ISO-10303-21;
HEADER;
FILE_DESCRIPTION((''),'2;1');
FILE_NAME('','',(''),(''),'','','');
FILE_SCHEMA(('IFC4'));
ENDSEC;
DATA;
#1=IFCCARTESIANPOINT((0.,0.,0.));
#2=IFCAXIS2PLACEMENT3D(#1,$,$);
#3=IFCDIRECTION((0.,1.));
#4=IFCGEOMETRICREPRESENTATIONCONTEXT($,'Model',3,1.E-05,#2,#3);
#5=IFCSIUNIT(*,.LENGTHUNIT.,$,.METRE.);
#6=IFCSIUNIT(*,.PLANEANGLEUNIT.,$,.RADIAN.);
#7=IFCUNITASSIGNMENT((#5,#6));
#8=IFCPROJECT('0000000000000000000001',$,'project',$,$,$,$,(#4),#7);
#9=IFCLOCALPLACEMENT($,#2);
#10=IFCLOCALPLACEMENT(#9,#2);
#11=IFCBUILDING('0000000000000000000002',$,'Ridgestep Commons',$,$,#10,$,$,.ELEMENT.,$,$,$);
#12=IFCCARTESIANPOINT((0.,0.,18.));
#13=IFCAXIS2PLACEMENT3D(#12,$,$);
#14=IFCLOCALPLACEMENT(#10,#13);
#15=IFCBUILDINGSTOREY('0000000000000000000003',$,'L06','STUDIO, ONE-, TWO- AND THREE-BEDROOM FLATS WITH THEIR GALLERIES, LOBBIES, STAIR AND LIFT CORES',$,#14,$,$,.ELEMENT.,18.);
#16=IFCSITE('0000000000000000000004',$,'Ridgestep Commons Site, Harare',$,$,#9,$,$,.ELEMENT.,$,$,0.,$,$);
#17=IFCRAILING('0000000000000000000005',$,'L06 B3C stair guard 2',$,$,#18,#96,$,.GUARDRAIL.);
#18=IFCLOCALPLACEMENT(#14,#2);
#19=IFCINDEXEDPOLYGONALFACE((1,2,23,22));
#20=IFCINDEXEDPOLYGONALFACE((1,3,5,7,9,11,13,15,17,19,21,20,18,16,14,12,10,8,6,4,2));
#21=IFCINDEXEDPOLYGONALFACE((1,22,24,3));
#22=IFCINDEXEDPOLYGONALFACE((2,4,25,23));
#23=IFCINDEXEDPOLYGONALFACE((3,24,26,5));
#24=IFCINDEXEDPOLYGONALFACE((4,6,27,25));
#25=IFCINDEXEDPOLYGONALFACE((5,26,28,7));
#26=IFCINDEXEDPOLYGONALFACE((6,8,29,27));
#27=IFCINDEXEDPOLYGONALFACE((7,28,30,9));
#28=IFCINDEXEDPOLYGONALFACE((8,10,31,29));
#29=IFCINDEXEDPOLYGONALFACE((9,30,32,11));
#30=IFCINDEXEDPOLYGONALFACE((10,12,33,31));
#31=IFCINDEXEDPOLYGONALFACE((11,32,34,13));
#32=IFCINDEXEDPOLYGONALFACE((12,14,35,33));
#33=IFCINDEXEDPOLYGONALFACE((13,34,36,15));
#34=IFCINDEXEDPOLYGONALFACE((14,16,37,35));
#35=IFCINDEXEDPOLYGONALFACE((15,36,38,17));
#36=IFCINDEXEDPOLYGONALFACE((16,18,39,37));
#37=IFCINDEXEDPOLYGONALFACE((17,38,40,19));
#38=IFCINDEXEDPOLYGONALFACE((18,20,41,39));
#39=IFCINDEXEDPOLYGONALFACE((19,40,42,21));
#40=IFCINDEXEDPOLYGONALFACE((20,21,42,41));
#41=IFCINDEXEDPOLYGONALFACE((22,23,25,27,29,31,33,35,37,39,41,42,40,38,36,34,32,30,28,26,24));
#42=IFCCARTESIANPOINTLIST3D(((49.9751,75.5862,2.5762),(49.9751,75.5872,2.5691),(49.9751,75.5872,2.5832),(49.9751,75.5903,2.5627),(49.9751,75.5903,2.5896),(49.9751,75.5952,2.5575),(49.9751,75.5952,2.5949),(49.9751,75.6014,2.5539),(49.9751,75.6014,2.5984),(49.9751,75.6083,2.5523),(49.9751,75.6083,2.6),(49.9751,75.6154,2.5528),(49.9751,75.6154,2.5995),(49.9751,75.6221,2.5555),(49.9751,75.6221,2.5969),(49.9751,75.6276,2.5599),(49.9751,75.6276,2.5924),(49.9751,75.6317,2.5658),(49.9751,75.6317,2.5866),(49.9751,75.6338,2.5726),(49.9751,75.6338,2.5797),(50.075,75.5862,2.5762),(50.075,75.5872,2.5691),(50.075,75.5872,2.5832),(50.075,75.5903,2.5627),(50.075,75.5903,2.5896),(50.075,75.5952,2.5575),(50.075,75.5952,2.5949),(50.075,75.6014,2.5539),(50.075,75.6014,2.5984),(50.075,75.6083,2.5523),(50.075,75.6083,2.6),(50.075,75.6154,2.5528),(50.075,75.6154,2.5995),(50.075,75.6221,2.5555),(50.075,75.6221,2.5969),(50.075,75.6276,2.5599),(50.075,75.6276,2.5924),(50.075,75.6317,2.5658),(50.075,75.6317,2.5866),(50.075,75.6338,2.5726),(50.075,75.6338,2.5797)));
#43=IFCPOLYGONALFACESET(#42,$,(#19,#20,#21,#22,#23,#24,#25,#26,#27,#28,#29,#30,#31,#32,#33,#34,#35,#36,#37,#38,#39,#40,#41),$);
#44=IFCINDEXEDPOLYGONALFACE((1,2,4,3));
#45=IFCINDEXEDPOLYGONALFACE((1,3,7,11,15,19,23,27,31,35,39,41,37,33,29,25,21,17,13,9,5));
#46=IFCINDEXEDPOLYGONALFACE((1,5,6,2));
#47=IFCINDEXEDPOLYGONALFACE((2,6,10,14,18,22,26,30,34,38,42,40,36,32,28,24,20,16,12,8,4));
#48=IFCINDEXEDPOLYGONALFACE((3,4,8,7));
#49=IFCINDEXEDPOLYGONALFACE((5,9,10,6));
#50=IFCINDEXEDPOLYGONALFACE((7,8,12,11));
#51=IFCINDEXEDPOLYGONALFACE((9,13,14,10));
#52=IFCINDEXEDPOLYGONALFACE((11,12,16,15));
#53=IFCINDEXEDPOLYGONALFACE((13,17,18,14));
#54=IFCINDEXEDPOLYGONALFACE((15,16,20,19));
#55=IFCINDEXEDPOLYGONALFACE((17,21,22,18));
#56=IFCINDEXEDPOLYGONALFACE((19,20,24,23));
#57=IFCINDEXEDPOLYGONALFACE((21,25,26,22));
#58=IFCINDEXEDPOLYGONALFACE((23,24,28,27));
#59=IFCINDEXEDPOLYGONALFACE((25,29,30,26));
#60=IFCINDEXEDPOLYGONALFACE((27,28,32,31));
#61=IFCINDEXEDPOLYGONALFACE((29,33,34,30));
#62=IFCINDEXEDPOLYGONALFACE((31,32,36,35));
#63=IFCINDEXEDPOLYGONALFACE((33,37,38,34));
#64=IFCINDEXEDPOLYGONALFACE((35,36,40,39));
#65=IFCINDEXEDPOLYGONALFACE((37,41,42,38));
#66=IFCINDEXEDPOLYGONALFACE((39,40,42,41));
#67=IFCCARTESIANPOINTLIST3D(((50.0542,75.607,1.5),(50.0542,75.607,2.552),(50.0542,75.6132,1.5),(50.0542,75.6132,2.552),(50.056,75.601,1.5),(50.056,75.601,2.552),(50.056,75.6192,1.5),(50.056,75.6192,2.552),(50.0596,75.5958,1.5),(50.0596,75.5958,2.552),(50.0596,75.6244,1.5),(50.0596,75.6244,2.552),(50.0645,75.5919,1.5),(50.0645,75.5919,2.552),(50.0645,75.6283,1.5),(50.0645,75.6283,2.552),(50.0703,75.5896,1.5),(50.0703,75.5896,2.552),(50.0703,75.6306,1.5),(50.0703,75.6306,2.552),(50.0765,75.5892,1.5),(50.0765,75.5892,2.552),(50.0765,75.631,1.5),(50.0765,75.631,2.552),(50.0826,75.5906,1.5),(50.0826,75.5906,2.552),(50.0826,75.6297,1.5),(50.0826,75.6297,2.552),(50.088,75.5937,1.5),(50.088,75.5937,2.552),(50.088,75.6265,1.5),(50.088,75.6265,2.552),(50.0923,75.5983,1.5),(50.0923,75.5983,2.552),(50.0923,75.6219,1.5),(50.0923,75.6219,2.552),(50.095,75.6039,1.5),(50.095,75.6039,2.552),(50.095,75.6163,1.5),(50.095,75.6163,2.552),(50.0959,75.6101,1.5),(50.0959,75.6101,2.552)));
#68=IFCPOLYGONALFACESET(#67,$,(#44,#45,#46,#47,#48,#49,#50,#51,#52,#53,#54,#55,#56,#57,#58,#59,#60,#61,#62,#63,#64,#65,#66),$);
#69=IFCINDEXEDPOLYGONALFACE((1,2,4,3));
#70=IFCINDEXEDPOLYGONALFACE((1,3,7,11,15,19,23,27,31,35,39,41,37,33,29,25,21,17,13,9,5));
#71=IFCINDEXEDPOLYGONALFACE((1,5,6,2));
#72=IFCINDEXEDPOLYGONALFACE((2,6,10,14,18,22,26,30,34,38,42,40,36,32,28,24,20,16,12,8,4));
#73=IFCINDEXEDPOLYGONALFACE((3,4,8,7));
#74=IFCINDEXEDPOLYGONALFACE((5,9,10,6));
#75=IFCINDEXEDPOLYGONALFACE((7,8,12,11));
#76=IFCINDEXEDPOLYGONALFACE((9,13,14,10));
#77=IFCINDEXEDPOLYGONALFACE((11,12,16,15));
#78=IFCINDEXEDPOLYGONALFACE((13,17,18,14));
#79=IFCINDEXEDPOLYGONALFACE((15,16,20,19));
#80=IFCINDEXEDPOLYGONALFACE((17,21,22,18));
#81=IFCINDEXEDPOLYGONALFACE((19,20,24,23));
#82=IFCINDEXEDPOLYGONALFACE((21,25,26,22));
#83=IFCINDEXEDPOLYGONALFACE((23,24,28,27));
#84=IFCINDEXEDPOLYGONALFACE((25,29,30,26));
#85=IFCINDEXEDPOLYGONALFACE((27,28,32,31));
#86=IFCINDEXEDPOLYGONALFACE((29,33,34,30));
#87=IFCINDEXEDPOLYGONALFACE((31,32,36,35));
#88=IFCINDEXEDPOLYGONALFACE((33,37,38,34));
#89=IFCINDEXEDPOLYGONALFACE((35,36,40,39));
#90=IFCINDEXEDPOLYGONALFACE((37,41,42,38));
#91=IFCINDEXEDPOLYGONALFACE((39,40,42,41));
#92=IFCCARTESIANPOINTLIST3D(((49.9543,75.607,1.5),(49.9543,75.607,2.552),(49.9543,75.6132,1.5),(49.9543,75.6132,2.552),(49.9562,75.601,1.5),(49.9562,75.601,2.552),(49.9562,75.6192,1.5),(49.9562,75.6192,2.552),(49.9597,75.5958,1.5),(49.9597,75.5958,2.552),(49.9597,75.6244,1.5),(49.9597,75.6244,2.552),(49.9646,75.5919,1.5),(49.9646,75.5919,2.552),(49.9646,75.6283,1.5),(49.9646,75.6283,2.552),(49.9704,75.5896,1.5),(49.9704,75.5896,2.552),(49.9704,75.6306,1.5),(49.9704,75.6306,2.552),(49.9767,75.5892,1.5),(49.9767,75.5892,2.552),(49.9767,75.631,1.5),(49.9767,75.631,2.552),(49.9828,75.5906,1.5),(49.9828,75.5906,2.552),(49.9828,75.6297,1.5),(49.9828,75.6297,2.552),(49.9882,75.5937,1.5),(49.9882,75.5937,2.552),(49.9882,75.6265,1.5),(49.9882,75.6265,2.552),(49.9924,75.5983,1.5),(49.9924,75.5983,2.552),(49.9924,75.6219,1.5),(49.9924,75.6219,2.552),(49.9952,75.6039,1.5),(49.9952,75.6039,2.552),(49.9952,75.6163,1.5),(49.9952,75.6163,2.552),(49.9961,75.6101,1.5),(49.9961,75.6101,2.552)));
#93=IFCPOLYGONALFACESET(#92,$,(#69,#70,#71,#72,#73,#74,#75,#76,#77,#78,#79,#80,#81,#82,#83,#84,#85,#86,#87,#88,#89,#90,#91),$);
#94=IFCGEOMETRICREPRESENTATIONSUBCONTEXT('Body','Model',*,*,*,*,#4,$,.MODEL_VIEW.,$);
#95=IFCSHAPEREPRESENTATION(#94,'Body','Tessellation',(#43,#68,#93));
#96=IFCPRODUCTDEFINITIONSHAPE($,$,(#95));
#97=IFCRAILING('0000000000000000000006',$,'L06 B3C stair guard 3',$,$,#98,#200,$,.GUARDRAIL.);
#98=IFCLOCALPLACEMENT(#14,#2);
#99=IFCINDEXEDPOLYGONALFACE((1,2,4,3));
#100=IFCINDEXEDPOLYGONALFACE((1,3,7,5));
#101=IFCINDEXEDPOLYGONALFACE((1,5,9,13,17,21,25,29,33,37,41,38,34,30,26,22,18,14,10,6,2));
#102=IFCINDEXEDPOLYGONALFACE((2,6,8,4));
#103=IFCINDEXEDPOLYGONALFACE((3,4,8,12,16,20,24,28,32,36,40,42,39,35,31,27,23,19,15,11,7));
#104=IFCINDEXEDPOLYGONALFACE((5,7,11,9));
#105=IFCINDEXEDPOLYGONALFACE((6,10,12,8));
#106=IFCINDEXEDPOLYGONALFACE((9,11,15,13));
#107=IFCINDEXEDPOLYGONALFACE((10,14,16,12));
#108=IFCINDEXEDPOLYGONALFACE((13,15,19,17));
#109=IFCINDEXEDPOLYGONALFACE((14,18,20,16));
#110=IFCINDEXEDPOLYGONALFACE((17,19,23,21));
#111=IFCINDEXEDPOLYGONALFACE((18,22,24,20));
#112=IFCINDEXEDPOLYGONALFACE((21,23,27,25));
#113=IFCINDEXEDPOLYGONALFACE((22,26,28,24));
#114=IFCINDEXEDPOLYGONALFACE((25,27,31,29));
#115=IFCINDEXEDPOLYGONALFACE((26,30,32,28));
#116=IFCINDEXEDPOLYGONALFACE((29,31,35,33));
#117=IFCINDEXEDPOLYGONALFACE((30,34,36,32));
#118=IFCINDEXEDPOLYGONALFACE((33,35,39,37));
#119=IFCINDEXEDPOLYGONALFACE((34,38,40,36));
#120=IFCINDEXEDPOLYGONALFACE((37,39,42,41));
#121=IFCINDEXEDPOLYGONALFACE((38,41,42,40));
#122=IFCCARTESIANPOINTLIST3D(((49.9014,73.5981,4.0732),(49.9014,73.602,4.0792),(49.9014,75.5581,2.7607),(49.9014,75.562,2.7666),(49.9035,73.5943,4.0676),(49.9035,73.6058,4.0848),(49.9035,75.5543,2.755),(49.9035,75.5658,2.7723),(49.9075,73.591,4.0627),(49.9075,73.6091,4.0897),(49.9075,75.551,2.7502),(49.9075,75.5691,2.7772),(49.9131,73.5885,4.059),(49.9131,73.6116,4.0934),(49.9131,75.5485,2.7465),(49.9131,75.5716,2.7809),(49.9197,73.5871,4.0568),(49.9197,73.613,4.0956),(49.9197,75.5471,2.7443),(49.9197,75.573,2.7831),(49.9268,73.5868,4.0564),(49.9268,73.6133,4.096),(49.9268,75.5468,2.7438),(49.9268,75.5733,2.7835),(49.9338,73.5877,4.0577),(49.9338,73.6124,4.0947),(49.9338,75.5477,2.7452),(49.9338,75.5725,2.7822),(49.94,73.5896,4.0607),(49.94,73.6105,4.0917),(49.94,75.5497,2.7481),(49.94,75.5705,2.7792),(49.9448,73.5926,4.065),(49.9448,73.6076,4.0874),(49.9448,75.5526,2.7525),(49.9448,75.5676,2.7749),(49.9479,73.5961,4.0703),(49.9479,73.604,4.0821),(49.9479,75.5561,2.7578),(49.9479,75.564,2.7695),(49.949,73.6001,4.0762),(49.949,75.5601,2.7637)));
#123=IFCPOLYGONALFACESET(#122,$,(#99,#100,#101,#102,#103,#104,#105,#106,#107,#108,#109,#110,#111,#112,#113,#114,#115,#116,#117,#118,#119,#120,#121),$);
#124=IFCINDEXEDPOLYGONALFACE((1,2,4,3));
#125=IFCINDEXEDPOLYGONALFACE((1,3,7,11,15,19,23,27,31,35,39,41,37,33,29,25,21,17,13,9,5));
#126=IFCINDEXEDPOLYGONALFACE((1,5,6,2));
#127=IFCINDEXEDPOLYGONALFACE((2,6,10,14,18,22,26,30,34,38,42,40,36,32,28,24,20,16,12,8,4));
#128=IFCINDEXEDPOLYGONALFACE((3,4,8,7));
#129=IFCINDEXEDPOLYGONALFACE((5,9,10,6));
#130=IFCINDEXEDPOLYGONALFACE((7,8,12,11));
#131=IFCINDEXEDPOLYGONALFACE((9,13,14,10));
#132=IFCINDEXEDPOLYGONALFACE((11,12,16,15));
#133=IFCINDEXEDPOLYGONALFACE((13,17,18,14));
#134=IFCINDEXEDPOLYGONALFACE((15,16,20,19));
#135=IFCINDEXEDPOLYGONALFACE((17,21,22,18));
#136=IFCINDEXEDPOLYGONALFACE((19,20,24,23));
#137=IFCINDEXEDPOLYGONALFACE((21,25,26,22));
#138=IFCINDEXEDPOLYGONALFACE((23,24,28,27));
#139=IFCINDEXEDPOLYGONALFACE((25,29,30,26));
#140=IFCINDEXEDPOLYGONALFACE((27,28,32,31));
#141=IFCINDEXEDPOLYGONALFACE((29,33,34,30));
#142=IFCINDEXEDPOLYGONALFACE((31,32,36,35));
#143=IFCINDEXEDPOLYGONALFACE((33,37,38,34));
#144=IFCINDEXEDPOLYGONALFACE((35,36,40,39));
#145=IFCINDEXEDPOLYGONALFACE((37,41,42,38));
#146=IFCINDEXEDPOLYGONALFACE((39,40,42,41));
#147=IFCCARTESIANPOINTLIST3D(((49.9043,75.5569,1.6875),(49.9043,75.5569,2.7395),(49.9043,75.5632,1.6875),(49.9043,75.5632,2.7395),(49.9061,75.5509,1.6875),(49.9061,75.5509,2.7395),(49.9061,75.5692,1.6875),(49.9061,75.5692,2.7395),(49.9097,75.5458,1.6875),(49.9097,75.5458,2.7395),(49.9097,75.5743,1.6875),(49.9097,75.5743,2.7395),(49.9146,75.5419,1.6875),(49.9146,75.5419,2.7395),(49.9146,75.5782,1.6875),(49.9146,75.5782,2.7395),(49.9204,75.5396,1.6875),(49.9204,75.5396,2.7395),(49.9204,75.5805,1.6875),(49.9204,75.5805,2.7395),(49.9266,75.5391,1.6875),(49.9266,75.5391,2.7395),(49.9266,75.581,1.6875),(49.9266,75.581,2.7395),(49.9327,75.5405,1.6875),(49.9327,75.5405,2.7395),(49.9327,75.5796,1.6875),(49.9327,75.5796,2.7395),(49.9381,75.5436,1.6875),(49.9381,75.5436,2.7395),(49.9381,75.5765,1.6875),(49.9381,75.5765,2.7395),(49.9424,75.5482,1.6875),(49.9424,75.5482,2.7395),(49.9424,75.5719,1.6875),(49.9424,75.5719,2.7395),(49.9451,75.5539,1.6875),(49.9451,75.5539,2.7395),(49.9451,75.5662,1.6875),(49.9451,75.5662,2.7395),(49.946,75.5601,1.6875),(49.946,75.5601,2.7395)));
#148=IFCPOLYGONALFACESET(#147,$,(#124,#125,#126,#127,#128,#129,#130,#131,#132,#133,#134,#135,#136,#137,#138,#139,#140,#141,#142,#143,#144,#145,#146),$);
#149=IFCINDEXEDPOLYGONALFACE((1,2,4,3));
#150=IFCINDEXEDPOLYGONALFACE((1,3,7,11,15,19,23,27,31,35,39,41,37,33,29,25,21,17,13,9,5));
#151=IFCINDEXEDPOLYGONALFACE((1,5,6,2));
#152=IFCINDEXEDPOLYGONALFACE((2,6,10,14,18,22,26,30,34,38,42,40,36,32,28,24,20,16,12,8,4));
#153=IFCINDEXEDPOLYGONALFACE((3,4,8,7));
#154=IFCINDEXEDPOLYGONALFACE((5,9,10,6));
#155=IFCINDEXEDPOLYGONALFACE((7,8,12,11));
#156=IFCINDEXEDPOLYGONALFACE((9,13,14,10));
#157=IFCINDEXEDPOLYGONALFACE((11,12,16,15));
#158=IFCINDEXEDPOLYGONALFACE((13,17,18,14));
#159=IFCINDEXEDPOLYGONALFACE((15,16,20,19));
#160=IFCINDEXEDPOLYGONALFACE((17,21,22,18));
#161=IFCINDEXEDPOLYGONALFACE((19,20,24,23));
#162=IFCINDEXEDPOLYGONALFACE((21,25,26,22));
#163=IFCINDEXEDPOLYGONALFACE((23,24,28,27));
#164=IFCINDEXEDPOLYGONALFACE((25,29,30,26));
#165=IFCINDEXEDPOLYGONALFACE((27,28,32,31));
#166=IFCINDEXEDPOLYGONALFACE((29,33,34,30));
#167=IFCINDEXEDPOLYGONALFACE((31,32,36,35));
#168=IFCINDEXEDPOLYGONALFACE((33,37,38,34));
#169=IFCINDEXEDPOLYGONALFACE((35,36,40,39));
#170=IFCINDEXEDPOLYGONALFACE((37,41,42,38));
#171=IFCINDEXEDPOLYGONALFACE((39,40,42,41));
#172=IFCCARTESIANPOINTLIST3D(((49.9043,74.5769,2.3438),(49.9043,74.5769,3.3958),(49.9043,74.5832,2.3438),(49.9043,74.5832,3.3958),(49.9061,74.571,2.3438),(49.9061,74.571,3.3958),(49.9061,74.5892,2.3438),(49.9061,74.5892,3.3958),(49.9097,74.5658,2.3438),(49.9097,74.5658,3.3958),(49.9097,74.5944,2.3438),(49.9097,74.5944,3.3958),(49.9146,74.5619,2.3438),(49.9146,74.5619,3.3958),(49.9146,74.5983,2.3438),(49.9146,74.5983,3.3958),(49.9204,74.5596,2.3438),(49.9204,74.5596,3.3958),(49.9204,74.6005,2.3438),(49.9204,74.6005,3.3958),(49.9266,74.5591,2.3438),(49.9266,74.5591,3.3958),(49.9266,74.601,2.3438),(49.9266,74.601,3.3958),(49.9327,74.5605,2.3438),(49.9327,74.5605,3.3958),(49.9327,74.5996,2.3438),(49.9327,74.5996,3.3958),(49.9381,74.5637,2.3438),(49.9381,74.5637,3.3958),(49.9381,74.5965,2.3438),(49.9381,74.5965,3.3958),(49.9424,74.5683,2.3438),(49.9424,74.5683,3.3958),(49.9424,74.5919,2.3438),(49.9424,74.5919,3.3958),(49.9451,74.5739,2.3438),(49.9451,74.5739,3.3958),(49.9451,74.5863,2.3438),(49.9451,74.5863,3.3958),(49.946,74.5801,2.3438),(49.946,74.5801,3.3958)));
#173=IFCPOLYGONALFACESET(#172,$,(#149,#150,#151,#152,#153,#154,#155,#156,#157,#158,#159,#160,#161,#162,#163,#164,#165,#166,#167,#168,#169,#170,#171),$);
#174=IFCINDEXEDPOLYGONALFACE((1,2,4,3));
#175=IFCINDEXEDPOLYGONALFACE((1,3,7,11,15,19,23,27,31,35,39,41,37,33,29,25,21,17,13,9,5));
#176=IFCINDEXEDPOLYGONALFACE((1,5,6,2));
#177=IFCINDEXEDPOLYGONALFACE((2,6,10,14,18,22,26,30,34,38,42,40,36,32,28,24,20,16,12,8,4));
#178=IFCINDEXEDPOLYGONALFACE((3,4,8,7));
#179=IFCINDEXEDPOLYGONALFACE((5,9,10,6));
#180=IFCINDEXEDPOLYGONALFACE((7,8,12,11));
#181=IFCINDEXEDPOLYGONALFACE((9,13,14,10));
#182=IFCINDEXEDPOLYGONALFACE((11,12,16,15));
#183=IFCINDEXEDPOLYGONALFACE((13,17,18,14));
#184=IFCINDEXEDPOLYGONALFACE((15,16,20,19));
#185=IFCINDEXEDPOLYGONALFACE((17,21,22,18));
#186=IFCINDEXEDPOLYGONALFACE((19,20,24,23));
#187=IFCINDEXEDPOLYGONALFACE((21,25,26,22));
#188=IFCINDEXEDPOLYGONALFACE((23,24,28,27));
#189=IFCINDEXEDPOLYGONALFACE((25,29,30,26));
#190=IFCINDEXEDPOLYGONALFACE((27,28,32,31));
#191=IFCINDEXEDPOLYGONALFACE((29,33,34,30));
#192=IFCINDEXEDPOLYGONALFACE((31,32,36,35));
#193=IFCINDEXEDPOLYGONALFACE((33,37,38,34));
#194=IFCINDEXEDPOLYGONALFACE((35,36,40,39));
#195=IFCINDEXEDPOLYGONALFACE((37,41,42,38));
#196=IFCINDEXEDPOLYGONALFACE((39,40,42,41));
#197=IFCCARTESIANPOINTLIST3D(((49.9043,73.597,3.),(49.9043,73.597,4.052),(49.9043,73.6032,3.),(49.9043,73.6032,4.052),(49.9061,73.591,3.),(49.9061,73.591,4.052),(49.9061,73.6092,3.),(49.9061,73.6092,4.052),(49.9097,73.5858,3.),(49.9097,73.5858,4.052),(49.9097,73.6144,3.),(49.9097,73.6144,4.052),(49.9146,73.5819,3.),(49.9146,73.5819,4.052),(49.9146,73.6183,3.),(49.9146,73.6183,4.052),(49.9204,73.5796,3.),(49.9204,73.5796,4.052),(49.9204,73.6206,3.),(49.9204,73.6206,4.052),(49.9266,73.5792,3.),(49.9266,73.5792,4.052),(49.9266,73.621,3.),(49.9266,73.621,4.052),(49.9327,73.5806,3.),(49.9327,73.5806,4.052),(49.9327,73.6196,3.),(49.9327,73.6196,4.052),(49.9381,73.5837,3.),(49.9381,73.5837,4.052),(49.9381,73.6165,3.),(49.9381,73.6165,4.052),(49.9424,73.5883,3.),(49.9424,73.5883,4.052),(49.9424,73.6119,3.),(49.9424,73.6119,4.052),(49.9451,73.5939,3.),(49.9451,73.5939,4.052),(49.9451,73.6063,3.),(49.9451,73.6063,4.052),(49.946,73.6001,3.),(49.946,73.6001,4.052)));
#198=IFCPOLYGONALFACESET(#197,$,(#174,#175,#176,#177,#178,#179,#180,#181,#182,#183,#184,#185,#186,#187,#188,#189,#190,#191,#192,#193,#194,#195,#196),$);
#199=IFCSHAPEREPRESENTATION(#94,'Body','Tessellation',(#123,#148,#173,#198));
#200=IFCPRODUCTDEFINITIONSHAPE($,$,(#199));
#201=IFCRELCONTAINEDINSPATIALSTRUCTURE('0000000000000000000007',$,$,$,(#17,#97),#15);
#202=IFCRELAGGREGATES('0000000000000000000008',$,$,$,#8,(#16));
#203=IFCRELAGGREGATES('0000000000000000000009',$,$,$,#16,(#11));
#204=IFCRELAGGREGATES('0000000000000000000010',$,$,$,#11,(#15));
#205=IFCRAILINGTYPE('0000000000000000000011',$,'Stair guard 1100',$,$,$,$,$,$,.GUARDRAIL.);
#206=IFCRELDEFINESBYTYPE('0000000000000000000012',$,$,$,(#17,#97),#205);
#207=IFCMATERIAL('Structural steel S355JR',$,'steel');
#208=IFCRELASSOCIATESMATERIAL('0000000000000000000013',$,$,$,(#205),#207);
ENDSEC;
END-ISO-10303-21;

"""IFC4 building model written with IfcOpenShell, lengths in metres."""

from ifc_helpers import new_model, si_unit, direction, frame, origin, origin_2d, place, context, subcontext, project, spatial, circle, extrude, material, type_object, element, save


model = new_model("IFC4")

# Units and contexts
model_context = context("Model", 3, precision=1e-05, world=origin(), true_north=direction((0.0, 1.0)))
body_context = subcontext(model_context, "Body", "Model", "MODEL_VIEW")
ifc_project = project(units=[si_unit("LENGTHUNIT", "METRE"), si_unit("PLANEANGLEUNIT", "RADIAN")], contexts=[model_context])

# Site, building, storey
site_placement = place(None, origin())
site = spatial("IfcSite", under=ifc_project, at=site_placement, Name="Ridgestep Commons Site, Harare", CompositionType="ELEMENT", RefElevation=0.0)
building_placement = place(site_placement, origin())
building = spatial("IfcBuilding", under=site, at=building_placement, Name="Ridgestep Commons", CompositionType="ELEMENT")
storey_placement = place(building_placement, frame((0.0, 0.0, 18.0)))
storey = spatial("IfcBuildingStorey", under=building, at=storey_placement, Name="L06", Description="STUDIO, ONE-, TWO- AND THREE-BEDROOM FLATS WITH THEIR GALLERIES, LOBBIES, STAIR AND LIFT CORES", CompositionType="ELEMENT", Elevation=18.0)

# Railings
ifc_material_1 = material(Name="Structural steel S355JR", Category="steel")
railing_type_1 = type_object("IfcRailingType", Name="Stair guard 1100", PredefinedType="GUARDRAIL", material=ifc_material_1)
railing_1_placement = place(storey_placement, frame((50.075, 75.6101, 1.5)))
element("IfcRailing", 1, at=railing_1_placement, inside=storey, type_object=railing_type_1, Name="L06 B3C stair guard 2", PredefinedType="GUARDRAIL", context=body_context, shape_type="SweptSolid", body=[
    extrude(circle(Radius=0.0239, at=origin_2d()), frame((0.0, 0.0, 1.0762), z_axis=(-1.0, 0.0, 0.0), x_axis=(0.0, -1.0, 0.0)), (0.0, 0.0, 1.0), 0.0999),
    extrude(circle(Radius=0.021, at=origin_2d()), origin(), (0.0, 0.0, 1.0), 1.052),
    extrude(circle(Radius=0.021, at=origin_2d()), frame((-0.0999, 0.0, 0.0)), (0.0, 0.0, 1.0), 1.052),
])
railing_2_placement = place(storey_placement, frame((49.925, 75.5601, 1.6875)))
element("IfcRailing", 2, at=railing_2_placement, inside=storey, type_object=railing_type_1, Name="L06 B3C stair guard 3", PredefinedType="GUARDRAIL", context=body_context, shape_type="SweptSolid", body=[
    extrude(circle(Radius=0.0239, at=origin_2d()), frame((0.0, 0.0, 1.0762), z_axis=(0.0, -0.830902, 0.556419), x_axis=(1.0, 0.0, 0.0)), (0.0, 0.0, 1.0), 2.3589),
    extrude(circle(Radius=0.021, at=origin_2d()), origin(), (0.0, 0.0, 1.0), 1.052),
    extrude(circle(Radius=0.021, at=origin_2d()), frame((0.0, -0.98, 0.6562)), (0.0, 0.0, 1.0), 1.052),
    extrude(circle(Radius=0.021, at=origin_2d()), frame((0.0, -1.96, 1.3125)), (0.0, 0.0, 1.0), 1.052),
])

save(model, "model.ifc")
